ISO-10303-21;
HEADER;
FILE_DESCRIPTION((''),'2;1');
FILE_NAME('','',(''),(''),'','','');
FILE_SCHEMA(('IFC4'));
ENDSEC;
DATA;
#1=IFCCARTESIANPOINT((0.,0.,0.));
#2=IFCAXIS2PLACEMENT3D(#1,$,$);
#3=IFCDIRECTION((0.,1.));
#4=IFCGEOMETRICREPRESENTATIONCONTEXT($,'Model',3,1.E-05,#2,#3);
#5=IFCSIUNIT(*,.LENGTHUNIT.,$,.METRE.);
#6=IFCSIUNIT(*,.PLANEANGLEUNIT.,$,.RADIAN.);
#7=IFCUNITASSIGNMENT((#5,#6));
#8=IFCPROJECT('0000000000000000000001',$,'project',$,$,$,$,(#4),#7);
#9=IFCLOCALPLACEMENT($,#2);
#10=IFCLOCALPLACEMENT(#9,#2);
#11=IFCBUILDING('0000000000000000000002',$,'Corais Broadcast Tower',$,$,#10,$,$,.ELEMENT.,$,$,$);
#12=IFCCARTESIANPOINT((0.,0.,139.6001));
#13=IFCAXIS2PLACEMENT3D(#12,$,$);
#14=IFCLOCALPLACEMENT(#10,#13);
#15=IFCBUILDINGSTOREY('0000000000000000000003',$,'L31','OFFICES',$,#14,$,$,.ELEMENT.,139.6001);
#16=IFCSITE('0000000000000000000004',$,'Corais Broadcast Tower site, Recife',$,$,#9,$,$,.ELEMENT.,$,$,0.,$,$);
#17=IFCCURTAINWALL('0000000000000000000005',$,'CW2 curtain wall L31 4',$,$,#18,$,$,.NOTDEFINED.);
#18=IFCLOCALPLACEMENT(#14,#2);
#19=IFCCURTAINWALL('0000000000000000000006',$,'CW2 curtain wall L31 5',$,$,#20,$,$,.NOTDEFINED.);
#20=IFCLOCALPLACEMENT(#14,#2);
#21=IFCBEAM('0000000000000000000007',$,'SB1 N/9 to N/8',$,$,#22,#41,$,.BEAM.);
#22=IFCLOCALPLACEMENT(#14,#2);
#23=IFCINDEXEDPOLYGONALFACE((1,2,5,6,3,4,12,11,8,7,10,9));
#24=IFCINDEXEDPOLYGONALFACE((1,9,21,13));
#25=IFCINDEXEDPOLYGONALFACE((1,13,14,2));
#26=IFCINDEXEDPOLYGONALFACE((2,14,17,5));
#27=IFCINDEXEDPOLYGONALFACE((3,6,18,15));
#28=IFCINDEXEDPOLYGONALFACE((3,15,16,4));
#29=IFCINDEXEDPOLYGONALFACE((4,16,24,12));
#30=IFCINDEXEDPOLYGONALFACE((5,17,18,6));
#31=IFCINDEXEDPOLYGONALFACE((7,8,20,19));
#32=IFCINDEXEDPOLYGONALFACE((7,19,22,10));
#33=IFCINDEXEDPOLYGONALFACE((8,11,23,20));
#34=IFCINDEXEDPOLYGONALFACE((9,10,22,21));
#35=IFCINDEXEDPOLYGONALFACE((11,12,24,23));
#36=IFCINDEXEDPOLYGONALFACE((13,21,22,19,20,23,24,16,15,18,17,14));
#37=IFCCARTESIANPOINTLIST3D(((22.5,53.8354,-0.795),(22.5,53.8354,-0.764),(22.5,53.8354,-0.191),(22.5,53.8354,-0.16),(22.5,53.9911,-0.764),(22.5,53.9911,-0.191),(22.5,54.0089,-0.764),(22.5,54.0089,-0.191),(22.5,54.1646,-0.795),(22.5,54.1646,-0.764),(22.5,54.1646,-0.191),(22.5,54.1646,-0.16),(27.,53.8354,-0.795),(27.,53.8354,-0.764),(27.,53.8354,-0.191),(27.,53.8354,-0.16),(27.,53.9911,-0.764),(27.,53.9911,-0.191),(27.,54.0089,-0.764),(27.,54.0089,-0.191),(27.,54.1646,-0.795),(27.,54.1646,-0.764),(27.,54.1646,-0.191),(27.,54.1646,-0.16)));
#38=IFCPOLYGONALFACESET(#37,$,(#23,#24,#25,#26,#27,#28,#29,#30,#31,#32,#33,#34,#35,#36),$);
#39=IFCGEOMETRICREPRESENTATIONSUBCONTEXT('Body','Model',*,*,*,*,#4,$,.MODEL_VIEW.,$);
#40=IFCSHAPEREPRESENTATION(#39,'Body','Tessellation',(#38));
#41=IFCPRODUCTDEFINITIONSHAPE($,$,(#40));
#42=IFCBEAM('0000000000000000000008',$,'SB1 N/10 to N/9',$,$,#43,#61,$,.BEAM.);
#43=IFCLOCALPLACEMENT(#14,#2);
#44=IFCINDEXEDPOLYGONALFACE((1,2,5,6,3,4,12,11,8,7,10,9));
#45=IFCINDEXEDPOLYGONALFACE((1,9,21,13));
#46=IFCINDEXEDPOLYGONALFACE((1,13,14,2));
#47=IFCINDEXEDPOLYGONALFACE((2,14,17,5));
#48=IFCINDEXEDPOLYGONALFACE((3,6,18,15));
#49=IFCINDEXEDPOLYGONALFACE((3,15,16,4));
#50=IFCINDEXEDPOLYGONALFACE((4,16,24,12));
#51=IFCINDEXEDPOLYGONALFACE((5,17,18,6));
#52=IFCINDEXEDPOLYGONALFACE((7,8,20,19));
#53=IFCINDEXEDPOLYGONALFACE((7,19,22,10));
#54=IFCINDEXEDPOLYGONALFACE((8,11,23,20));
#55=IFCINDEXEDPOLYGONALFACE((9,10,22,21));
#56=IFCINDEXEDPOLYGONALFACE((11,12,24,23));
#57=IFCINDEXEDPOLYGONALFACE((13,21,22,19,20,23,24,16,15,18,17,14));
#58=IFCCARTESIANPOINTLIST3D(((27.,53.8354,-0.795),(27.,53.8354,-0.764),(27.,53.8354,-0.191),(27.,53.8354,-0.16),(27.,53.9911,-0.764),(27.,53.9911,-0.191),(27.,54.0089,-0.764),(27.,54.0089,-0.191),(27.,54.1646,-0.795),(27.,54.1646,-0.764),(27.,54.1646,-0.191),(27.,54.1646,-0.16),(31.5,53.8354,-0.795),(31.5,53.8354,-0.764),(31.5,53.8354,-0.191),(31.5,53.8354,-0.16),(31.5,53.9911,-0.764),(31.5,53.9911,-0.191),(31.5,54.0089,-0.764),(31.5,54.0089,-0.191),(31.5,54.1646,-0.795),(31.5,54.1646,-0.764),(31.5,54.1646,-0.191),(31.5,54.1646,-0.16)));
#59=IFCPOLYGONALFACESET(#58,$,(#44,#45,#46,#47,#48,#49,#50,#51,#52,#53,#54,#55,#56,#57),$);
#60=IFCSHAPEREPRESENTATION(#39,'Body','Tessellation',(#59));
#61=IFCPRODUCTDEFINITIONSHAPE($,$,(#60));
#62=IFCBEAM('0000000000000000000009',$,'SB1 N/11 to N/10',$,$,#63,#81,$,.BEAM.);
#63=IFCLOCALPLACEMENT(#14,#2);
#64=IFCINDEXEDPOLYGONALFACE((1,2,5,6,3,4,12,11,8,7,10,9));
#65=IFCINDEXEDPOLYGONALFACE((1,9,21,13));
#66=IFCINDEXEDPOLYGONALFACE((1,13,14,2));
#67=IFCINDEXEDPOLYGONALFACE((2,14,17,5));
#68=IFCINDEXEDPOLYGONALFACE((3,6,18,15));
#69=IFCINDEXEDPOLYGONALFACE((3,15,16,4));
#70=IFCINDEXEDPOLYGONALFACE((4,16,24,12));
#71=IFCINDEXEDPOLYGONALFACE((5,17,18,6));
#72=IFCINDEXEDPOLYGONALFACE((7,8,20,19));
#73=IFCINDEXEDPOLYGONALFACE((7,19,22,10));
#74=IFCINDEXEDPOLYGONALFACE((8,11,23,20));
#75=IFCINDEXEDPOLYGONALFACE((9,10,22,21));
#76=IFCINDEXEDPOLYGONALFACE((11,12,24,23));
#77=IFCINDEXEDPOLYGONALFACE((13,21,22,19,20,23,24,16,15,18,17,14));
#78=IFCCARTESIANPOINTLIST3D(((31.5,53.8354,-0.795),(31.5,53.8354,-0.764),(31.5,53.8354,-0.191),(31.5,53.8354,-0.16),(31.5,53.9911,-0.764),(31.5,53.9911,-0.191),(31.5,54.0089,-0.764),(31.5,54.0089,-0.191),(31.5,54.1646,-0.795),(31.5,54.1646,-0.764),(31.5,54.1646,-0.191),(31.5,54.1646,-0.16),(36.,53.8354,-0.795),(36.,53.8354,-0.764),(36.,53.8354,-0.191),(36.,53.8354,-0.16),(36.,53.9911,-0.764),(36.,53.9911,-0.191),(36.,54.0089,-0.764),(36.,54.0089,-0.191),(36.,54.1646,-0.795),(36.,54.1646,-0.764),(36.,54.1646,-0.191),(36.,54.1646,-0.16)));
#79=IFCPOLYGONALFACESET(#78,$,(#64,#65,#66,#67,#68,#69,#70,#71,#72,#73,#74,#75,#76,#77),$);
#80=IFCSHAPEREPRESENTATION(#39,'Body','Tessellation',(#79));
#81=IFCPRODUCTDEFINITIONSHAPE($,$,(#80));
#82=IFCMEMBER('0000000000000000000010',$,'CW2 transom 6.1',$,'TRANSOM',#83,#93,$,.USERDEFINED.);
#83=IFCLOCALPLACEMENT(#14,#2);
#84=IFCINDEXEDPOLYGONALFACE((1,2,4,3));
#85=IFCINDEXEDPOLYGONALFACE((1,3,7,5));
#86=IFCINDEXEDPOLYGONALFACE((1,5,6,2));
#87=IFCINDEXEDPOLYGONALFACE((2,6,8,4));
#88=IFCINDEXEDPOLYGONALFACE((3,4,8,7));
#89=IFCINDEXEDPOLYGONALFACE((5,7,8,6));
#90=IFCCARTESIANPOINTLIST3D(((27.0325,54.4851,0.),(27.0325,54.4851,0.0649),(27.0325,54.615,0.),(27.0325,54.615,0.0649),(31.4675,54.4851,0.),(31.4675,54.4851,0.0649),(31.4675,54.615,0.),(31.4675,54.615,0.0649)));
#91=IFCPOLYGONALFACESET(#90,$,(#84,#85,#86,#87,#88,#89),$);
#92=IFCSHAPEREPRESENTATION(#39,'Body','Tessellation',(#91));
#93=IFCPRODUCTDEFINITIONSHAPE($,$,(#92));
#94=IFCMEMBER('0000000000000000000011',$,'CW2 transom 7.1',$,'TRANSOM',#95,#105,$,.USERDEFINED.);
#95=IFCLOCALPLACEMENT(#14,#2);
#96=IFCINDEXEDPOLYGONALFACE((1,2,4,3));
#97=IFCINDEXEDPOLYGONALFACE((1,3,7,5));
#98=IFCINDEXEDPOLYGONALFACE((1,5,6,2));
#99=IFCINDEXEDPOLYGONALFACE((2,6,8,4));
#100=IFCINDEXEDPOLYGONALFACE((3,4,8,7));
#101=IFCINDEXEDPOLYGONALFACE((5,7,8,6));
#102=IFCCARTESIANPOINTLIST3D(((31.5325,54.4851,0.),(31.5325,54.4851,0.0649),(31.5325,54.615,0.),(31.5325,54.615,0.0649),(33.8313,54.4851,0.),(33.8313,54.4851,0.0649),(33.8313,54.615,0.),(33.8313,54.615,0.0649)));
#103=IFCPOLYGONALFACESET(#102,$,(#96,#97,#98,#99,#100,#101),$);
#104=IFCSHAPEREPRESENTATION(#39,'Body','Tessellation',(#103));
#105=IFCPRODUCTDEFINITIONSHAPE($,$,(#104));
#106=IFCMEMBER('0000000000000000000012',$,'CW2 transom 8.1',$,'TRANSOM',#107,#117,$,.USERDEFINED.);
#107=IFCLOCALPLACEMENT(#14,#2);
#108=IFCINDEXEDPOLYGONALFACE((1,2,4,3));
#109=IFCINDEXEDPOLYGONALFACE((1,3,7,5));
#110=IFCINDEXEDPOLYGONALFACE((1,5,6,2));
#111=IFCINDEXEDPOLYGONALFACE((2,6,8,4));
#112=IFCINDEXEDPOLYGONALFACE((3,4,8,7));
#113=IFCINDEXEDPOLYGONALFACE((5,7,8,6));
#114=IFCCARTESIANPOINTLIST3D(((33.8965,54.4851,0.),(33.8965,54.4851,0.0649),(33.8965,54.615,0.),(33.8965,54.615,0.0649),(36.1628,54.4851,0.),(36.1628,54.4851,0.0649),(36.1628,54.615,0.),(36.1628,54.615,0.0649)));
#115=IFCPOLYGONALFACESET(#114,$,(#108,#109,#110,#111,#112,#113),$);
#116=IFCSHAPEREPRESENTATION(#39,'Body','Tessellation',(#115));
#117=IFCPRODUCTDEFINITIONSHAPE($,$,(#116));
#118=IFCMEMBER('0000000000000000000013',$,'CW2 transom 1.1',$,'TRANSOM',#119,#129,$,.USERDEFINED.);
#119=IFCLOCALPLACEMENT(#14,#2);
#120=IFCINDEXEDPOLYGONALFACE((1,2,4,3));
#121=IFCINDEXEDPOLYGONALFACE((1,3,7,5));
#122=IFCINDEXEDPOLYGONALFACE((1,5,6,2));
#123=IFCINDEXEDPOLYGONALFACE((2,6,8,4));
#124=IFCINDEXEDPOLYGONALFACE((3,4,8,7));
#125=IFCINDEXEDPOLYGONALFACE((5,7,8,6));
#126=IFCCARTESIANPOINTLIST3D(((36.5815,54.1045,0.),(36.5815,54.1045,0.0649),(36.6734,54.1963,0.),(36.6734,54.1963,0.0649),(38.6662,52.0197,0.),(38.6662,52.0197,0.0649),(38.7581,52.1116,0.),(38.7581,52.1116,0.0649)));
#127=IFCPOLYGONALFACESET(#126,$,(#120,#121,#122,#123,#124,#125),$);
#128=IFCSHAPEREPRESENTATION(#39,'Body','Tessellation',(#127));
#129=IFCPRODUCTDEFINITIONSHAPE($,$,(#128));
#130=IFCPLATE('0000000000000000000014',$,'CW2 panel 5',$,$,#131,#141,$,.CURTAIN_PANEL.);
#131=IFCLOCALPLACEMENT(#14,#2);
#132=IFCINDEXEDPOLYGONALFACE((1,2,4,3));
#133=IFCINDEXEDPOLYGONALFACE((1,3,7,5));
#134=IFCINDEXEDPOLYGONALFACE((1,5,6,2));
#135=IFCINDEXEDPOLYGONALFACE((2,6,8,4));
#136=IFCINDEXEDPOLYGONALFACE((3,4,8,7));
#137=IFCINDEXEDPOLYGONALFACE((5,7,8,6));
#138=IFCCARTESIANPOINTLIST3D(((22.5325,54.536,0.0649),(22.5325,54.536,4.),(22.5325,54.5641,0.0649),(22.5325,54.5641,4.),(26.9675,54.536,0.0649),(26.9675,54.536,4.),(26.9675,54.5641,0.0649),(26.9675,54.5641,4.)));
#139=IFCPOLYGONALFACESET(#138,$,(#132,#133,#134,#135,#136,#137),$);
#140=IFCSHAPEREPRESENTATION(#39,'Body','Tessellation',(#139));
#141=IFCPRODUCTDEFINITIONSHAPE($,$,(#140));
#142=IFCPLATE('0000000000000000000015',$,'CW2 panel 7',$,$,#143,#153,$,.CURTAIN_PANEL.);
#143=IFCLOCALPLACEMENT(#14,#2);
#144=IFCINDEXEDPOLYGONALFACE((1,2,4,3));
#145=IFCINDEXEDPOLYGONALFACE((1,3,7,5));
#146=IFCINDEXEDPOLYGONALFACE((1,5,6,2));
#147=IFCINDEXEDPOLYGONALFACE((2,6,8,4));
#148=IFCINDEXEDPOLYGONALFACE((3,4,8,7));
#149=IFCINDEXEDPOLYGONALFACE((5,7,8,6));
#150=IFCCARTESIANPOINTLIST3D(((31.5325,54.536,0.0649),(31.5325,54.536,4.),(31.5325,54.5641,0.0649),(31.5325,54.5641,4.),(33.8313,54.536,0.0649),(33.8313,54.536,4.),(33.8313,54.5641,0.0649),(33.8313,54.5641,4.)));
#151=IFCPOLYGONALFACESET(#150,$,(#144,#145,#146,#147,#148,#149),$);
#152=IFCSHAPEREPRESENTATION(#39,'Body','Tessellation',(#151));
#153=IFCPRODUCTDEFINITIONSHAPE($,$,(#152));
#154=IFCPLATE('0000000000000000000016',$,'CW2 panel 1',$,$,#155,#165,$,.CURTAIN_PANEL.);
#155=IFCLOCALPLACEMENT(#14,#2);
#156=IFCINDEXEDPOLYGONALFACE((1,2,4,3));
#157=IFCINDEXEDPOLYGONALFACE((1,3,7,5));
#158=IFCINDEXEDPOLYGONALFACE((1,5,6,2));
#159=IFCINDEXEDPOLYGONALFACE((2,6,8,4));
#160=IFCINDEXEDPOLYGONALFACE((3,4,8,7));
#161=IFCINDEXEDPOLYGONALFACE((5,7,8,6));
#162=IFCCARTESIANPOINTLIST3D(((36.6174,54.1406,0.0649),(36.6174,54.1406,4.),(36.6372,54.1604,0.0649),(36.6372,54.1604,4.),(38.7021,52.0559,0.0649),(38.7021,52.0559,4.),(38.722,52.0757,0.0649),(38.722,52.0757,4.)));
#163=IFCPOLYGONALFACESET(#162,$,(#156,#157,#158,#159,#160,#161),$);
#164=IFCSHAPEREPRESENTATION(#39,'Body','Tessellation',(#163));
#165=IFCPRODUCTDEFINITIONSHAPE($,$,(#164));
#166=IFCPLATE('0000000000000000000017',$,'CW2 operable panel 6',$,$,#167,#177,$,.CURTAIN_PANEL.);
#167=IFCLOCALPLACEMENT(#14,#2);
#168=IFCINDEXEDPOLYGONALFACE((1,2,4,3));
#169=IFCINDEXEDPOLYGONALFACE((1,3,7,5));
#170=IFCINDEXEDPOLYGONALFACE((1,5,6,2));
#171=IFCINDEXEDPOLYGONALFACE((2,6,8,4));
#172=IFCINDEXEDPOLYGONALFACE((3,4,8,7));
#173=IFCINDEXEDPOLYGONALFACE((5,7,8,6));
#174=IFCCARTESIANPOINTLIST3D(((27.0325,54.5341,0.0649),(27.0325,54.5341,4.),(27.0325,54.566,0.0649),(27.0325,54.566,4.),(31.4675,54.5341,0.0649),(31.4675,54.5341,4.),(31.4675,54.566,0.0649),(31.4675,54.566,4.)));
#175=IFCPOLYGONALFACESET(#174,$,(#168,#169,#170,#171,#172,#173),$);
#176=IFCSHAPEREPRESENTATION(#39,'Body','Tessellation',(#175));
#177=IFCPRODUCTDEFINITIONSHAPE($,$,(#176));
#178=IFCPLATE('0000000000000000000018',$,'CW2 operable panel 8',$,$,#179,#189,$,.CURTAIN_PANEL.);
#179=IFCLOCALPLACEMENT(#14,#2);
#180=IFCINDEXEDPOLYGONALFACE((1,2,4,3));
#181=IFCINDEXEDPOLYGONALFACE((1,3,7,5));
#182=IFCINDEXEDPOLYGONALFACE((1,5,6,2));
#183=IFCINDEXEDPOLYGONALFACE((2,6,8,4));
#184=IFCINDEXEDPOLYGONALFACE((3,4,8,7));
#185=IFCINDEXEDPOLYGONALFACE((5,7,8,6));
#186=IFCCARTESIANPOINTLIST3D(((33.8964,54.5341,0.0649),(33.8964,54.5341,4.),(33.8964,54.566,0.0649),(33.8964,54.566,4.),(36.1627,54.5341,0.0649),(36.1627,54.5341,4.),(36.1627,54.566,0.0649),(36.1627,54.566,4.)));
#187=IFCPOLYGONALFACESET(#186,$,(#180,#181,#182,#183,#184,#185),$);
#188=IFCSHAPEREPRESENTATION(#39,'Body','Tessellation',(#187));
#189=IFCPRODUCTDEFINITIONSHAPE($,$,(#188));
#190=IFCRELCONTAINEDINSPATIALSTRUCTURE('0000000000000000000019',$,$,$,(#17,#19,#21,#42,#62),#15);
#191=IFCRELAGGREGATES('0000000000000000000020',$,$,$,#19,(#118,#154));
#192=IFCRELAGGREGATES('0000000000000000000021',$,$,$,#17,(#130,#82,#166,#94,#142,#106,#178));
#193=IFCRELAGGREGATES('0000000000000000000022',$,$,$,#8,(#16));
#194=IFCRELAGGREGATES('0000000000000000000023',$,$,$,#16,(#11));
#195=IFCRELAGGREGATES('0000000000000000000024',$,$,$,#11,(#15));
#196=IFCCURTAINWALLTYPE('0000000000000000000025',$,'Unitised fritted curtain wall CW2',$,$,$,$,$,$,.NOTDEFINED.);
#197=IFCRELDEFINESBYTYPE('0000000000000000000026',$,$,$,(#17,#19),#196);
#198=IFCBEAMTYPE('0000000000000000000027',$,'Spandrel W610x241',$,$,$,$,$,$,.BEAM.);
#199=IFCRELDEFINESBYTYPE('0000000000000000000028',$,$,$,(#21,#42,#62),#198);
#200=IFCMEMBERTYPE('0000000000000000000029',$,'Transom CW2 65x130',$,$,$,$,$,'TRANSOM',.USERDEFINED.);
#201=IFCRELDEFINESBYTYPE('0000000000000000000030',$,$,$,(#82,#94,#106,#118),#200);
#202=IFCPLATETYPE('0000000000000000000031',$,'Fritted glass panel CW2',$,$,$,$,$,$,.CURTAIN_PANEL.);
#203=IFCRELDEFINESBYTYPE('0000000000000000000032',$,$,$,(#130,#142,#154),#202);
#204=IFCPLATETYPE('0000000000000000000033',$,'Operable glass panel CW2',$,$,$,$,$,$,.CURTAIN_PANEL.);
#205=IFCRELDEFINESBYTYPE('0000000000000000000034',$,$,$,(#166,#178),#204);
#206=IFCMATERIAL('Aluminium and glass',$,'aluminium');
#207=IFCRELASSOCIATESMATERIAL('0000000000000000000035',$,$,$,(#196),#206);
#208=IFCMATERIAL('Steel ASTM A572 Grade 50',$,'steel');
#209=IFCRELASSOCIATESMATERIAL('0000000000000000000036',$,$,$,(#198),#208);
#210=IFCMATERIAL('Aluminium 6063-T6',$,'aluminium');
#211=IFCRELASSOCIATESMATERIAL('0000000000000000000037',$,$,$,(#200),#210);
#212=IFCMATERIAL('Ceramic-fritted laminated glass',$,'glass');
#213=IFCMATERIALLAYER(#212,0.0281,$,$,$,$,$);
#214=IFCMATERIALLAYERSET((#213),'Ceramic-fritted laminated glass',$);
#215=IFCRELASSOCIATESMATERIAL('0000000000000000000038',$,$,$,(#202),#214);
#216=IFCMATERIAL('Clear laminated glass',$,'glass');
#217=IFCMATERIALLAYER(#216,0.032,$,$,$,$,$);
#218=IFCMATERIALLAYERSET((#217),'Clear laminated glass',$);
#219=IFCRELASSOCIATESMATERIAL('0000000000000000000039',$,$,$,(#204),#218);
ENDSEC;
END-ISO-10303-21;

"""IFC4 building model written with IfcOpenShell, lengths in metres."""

from ifc_helpers import new_model, si_unit, direction, frame, origin, origin_2d, place, context, subcontext, project, spatial, rectangle, i_section, extrude, material, layer, layer_set, material_profile, profile_set, type_object, element, aggregate, save


model = new_model("IFC4")

# Units and contexts
model_context = context("Model", 3, precision=1e-05, world=origin(), true_north=direction((0.0, 1.0)))
body_context = subcontext(model_context, "Body", "Model", "MODEL_VIEW")
ifc_project = project(units=[si_unit("LENGTHUNIT", "METRE"), si_unit("PLANEANGLEUNIT", "RADIAN")], contexts=[model_context])

# Site, building, storey
site_placement = place(None, origin())
site = spatial("IfcSite", under=ifc_project, at=site_placement, Name="Corais Broadcast Tower site, Recife", CompositionType="ELEMENT", RefElevation=0.0)
building_placement = place(site_placement, origin())
building = spatial("IfcBuilding", under=site, at=building_placement, Name="Corais Broadcast Tower", CompositionType="ELEMENT")
storey_placement = place(building_placement, frame((0.0, 0.0, 139.6001)))
storey = spatial("IfcBuildingStorey", under=building, at=storey_placement, Name="L31", Description="OFFICES", CompositionType="ELEMENT", Elevation=139.6001)

# Curtain walls
ifc_material_1 = material(Name="Aluminium and glass", Category="aluminium")
curtain_wall_type = type_object("IfcCurtainWallType", Name="Unitised fritted curtain wall CW2", PredefinedType="NOTDEFINED", material=ifc_material_1)
curtain_wall_1_placement = place(storey_placement, origin())
curtain_wall_1 = element("IfcCurtainWall", 1, at=curtain_wall_1_placement, inside=storey, type_object=curtain_wall_type, Name="CW2 curtain wall L31 4", PredefinedType="NOTDEFINED")
curtain_wall_2_placement = place(storey_placement, origin())
curtain_wall_2 = element("IfcCurtainWall", 2, at=curtain_wall_2_placement, inside=storey, type_object=curtain_wall_type, Name="CW2 curtain wall L31 5", PredefinedType="NOTDEFINED")

# Beams
ifc_material_2 = material(Name="Steel ASTM A572 Grade 50", Category="steel")
ifc_material_profile_1 = material_profile(ifc_material_2, i_section(OverallWidth=0.3291, OverallDepth=0.635, WebThickness=0.0178, FlangeThickness=0.031, at=origin_2d()), Name="W610x241")
ifc_profile_set_1 = profile_set([ifc_material_profile_1], Name="Steel ASTM A572 Grade 50")
beam_type_1 = type_object("IfcBeamType", Name="Spandrel W610x241", PredefinedType="BEAM", material=ifc_profile_set_1)
for number, where, z_axis, x_axis, name in (
    (3, (27.0, 54.0, -0.4775), (-1.0, 0.0, 0.0), (0.0, -1.0, 0.0), "SB1 N/9 to N/8"),
    (4, (31.5, 54.0, -0.4775), (-1.0, 0.0, 0.0), (0.0, -1.0, 0.0), "SB1 N/10 to N/9"),
    (5, (36.0, 54.0, -0.4775), (-1.0, 0.0, 0.0), (0.0, -1.0, 0.0), "SB1 N/11 to N/10"),
):
    element("IfcBeam", number, at=place(storey_placement, frame(where, z_axis=z_axis, x_axis=x_axis)), inside=storey, type_object=beam_type_1, Name=name, PredefinedType="BEAM", context=body_context, shape_type="SweptSolid", body=[
        extrude(i_section(OverallWidth=0.3291, OverallDepth=0.635, WebThickness=0.0178, FlangeThickness=0.031, at=origin_2d()), origin(), (0.0, 0.0, 1.0), 4.5),
    ])

# Members
ifc_material_3 = material(Name="Aluminium 6063-T6", Category="aluminium")
ifc_material_profile_2 = material_profile(ifc_material_3, rectangle(XDim=0.1299, YDim=0.0649, at=origin_2d()), Name="Transom CW2 65x130")
ifc_profile_set_2 = profile_set([ifc_material_profile_2], Name="Aluminium 6063-T6")
member_type_1 = type_object("IfcMemberType", Name="Transom CW2 65x130", ElementType="TRANSOM", PredefinedType="USERDEFINED", material=ifc_profile_set_2)
member_1_placement = place(storey_placement, frame((27.0325, 54.55, 0.0325), z_axis=(1.0, 0.0, 0.0), x_axis=(0.0, 1.0, 0.0)))
member_1 = element("IfcMember", 6, at=member_1_placement, type_object=member_type_1, Name="CW2 transom 6.1", ObjectType="TRANSOM", PredefinedType="USERDEFINED", context=body_context, shape_type="SweptSolid", body=[
    extrude(rectangle(XDim=0.1299, YDim=0.0649, at=origin_2d()), origin(), (0.0, 0.0, 1.0), 4.4351),
])
member_2_placement = place(storey_placement, frame((31.5325, 54.55, 0.0325), z_axis=(1.0, 0.0, 0.0), x_axis=(0.0, 1.0, 0.0)))
member_2 = element("IfcMember", 7, at=member_2_placement, type_object=member_type_1, Name="CW2 transom 7.1", ObjectType="TRANSOM", PredefinedType="USERDEFINED", context=body_context, shape_type="SweptSolid", body=[
    extrude(rectangle(XDim=0.1299, YDim=0.0649, at=origin_2d()), origin(), (0.0, 0.0, 1.0), 2.2988),
])
member_3_placement = place(storey_placement, frame((33.8965, 54.55, 0.0325), z_axis=(1.0, 0.0, 0.0), x_axis=(0.0, 1.0, 0.0)))
member_3 = element("IfcMember", 8, at=member_3_placement, type_object=member_type_1, Name="CW2 transom 8.1", ObjectType="TRANSOM", PredefinedType="USERDEFINED", context=body_context, shape_type="SweptSolid", body=[
    extrude(rectangle(XDim=0.1299, YDim=0.0649, at=origin_2d()), origin(), (0.0, 0.0, 1.0), 2.2664),
])
member_4_placement = place(storey_placement, frame((36.6274, 54.1504, 0.0325), z_axis=(0.707107, -0.707107, 0.0), x_axis=(0.707107, 0.707107, 0.0)))
member_4 = element("IfcMember", 9, at=member_4_placement, type_object=member_type_1, Name="CW2 transom 1.1", ObjectType="TRANSOM", PredefinedType="USERDEFINED", context=body_context, shape_type="SweptSolid", body=[
    extrude(rectangle(XDim=0.1299, YDim=0.0649, at=origin_2d()), origin(), (0.0, 0.0, 1.0), 2.9482),
])

# Plates
ifc_material_4 = material(Name="Ceramic-fritted laminated glass", Category="glass")
ifc_layer_1 = layer(ifc_material_4, 0.0281)
ifc_layer_set_1 = layer_set([ifc_layer_1], Name="Ceramic-fritted laminated glass")
plate_type_1 = type_object("IfcPlateType", Name="Fritted glass panel CW2", PredefinedType="CURTAIN_PANEL", material=ifc_layer_set_1)
plate_1_placement = place(storey_placement, frame((24.75, 54.55, 0.0649), z_axis=(0.0, 0.0, 1.0), x_axis=(1.0, 0.0, 0.0)))
plate_1 = element("IfcPlate", 10, at=plate_1_placement, type_object=plate_type_1, Name="CW2 panel 5", PredefinedType="CURTAIN_PANEL", context=body_context, shape_type="SweptSolid", body=[
    extrude(rectangle(XDim=4.4351, YDim=0.0281, at=origin_2d()), origin(), (0.0, 0.0, 1.0), 3.9351),
])
plate_2_placement = place(storey_placement, frame((32.6819, 54.55, 0.0649), z_axis=(0.0, 0.0, 1.0), x_axis=(1.0, 0.0, 0.0)))
plate_2 = element("IfcPlate", 11, at=plate_2_placement, type_object=plate_type_1, Name="CW2 panel 7", PredefinedType="CURTAIN_PANEL", context=body_context, shape_type="SweptSolid", body=[
    extrude(rectangle(XDim=2.2988, YDim=0.0281, at=origin_2d()), origin(), (0.0, 0.0, 1.0), 3.9351),
])
plate_3_placement = place(storey_placement, frame((37.6697, 53.1082, 0.0649), z_axis=(0.0, 0.0, 1.0), x_axis=(0.707107, -0.707107, 0.0)))
plate_3 = element("IfcPlate", 12, at=plate_3_placement, type_object=plate_type_1, Name="CW2 panel 1", PredefinedType="CURTAIN_PANEL", context=body_context, shape_type="SweptSolid", body=[
    extrude(rectangle(XDim=2.9482, YDim=0.0281, at=origin_2d()), origin(), (0.0, 0.0, 1.0), 3.9351),
])
aggregate(curtain_wall_2, [member_4, plate_3])
ifc_material_5 = material(Name="Clear laminated glass", Category="glass")
ifc_layer_2 = layer(ifc_material_5, 0.032)
ifc_layer_set_2 = layer_set([ifc_layer_2], Name="Clear laminated glass")
plate_type_2 = type_object("IfcPlateType", Name="Operable glass panel CW2", PredefinedType="CURTAIN_PANEL", material=ifc_layer_set_2)
plate_4_placement = place(storey_placement, frame((29.25, 54.55, 0.0649), z_axis=(0.0, 0.0, 1.0), x_axis=(1.0, 0.0, 0.0)))
plate_4 = element("IfcPlate", 13, at=plate_4_placement, type_object=plate_type_2, Name="CW2 operable panel 6", PredefinedType="CURTAIN_PANEL", context=body_context, shape_type="SweptSolid", body=[
    extrude(rectangle(XDim=4.4351, YDim=0.032, at=origin_2d()), origin(), (0.0, 0.0, 1.0), 3.9351),
])
plate_5_placement = place(storey_placement, frame((35.0295, 54.55, 0.0649), z_axis=(0.0, 0.0, 1.0), x_axis=(1.0, 0.0, 0.0)))
plate_5 = element("IfcPlate", 14, at=plate_5_placement, type_object=plate_type_2, Name="CW2 operable panel 8", PredefinedType="CURTAIN_PANEL", context=body_context, shape_type="SweptSolid", body=[
    extrude(rectangle(XDim=2.2664, YDim=0.032, at=origin_2d()), origin(), (0.0, 0.0, 1.0), 3.9351),
])
aggregate(curtain_wall_1, [plate_1, member_1, plate_4, member_2, plate_2, member_3, plate_5])

save(model, "model.ifc")
